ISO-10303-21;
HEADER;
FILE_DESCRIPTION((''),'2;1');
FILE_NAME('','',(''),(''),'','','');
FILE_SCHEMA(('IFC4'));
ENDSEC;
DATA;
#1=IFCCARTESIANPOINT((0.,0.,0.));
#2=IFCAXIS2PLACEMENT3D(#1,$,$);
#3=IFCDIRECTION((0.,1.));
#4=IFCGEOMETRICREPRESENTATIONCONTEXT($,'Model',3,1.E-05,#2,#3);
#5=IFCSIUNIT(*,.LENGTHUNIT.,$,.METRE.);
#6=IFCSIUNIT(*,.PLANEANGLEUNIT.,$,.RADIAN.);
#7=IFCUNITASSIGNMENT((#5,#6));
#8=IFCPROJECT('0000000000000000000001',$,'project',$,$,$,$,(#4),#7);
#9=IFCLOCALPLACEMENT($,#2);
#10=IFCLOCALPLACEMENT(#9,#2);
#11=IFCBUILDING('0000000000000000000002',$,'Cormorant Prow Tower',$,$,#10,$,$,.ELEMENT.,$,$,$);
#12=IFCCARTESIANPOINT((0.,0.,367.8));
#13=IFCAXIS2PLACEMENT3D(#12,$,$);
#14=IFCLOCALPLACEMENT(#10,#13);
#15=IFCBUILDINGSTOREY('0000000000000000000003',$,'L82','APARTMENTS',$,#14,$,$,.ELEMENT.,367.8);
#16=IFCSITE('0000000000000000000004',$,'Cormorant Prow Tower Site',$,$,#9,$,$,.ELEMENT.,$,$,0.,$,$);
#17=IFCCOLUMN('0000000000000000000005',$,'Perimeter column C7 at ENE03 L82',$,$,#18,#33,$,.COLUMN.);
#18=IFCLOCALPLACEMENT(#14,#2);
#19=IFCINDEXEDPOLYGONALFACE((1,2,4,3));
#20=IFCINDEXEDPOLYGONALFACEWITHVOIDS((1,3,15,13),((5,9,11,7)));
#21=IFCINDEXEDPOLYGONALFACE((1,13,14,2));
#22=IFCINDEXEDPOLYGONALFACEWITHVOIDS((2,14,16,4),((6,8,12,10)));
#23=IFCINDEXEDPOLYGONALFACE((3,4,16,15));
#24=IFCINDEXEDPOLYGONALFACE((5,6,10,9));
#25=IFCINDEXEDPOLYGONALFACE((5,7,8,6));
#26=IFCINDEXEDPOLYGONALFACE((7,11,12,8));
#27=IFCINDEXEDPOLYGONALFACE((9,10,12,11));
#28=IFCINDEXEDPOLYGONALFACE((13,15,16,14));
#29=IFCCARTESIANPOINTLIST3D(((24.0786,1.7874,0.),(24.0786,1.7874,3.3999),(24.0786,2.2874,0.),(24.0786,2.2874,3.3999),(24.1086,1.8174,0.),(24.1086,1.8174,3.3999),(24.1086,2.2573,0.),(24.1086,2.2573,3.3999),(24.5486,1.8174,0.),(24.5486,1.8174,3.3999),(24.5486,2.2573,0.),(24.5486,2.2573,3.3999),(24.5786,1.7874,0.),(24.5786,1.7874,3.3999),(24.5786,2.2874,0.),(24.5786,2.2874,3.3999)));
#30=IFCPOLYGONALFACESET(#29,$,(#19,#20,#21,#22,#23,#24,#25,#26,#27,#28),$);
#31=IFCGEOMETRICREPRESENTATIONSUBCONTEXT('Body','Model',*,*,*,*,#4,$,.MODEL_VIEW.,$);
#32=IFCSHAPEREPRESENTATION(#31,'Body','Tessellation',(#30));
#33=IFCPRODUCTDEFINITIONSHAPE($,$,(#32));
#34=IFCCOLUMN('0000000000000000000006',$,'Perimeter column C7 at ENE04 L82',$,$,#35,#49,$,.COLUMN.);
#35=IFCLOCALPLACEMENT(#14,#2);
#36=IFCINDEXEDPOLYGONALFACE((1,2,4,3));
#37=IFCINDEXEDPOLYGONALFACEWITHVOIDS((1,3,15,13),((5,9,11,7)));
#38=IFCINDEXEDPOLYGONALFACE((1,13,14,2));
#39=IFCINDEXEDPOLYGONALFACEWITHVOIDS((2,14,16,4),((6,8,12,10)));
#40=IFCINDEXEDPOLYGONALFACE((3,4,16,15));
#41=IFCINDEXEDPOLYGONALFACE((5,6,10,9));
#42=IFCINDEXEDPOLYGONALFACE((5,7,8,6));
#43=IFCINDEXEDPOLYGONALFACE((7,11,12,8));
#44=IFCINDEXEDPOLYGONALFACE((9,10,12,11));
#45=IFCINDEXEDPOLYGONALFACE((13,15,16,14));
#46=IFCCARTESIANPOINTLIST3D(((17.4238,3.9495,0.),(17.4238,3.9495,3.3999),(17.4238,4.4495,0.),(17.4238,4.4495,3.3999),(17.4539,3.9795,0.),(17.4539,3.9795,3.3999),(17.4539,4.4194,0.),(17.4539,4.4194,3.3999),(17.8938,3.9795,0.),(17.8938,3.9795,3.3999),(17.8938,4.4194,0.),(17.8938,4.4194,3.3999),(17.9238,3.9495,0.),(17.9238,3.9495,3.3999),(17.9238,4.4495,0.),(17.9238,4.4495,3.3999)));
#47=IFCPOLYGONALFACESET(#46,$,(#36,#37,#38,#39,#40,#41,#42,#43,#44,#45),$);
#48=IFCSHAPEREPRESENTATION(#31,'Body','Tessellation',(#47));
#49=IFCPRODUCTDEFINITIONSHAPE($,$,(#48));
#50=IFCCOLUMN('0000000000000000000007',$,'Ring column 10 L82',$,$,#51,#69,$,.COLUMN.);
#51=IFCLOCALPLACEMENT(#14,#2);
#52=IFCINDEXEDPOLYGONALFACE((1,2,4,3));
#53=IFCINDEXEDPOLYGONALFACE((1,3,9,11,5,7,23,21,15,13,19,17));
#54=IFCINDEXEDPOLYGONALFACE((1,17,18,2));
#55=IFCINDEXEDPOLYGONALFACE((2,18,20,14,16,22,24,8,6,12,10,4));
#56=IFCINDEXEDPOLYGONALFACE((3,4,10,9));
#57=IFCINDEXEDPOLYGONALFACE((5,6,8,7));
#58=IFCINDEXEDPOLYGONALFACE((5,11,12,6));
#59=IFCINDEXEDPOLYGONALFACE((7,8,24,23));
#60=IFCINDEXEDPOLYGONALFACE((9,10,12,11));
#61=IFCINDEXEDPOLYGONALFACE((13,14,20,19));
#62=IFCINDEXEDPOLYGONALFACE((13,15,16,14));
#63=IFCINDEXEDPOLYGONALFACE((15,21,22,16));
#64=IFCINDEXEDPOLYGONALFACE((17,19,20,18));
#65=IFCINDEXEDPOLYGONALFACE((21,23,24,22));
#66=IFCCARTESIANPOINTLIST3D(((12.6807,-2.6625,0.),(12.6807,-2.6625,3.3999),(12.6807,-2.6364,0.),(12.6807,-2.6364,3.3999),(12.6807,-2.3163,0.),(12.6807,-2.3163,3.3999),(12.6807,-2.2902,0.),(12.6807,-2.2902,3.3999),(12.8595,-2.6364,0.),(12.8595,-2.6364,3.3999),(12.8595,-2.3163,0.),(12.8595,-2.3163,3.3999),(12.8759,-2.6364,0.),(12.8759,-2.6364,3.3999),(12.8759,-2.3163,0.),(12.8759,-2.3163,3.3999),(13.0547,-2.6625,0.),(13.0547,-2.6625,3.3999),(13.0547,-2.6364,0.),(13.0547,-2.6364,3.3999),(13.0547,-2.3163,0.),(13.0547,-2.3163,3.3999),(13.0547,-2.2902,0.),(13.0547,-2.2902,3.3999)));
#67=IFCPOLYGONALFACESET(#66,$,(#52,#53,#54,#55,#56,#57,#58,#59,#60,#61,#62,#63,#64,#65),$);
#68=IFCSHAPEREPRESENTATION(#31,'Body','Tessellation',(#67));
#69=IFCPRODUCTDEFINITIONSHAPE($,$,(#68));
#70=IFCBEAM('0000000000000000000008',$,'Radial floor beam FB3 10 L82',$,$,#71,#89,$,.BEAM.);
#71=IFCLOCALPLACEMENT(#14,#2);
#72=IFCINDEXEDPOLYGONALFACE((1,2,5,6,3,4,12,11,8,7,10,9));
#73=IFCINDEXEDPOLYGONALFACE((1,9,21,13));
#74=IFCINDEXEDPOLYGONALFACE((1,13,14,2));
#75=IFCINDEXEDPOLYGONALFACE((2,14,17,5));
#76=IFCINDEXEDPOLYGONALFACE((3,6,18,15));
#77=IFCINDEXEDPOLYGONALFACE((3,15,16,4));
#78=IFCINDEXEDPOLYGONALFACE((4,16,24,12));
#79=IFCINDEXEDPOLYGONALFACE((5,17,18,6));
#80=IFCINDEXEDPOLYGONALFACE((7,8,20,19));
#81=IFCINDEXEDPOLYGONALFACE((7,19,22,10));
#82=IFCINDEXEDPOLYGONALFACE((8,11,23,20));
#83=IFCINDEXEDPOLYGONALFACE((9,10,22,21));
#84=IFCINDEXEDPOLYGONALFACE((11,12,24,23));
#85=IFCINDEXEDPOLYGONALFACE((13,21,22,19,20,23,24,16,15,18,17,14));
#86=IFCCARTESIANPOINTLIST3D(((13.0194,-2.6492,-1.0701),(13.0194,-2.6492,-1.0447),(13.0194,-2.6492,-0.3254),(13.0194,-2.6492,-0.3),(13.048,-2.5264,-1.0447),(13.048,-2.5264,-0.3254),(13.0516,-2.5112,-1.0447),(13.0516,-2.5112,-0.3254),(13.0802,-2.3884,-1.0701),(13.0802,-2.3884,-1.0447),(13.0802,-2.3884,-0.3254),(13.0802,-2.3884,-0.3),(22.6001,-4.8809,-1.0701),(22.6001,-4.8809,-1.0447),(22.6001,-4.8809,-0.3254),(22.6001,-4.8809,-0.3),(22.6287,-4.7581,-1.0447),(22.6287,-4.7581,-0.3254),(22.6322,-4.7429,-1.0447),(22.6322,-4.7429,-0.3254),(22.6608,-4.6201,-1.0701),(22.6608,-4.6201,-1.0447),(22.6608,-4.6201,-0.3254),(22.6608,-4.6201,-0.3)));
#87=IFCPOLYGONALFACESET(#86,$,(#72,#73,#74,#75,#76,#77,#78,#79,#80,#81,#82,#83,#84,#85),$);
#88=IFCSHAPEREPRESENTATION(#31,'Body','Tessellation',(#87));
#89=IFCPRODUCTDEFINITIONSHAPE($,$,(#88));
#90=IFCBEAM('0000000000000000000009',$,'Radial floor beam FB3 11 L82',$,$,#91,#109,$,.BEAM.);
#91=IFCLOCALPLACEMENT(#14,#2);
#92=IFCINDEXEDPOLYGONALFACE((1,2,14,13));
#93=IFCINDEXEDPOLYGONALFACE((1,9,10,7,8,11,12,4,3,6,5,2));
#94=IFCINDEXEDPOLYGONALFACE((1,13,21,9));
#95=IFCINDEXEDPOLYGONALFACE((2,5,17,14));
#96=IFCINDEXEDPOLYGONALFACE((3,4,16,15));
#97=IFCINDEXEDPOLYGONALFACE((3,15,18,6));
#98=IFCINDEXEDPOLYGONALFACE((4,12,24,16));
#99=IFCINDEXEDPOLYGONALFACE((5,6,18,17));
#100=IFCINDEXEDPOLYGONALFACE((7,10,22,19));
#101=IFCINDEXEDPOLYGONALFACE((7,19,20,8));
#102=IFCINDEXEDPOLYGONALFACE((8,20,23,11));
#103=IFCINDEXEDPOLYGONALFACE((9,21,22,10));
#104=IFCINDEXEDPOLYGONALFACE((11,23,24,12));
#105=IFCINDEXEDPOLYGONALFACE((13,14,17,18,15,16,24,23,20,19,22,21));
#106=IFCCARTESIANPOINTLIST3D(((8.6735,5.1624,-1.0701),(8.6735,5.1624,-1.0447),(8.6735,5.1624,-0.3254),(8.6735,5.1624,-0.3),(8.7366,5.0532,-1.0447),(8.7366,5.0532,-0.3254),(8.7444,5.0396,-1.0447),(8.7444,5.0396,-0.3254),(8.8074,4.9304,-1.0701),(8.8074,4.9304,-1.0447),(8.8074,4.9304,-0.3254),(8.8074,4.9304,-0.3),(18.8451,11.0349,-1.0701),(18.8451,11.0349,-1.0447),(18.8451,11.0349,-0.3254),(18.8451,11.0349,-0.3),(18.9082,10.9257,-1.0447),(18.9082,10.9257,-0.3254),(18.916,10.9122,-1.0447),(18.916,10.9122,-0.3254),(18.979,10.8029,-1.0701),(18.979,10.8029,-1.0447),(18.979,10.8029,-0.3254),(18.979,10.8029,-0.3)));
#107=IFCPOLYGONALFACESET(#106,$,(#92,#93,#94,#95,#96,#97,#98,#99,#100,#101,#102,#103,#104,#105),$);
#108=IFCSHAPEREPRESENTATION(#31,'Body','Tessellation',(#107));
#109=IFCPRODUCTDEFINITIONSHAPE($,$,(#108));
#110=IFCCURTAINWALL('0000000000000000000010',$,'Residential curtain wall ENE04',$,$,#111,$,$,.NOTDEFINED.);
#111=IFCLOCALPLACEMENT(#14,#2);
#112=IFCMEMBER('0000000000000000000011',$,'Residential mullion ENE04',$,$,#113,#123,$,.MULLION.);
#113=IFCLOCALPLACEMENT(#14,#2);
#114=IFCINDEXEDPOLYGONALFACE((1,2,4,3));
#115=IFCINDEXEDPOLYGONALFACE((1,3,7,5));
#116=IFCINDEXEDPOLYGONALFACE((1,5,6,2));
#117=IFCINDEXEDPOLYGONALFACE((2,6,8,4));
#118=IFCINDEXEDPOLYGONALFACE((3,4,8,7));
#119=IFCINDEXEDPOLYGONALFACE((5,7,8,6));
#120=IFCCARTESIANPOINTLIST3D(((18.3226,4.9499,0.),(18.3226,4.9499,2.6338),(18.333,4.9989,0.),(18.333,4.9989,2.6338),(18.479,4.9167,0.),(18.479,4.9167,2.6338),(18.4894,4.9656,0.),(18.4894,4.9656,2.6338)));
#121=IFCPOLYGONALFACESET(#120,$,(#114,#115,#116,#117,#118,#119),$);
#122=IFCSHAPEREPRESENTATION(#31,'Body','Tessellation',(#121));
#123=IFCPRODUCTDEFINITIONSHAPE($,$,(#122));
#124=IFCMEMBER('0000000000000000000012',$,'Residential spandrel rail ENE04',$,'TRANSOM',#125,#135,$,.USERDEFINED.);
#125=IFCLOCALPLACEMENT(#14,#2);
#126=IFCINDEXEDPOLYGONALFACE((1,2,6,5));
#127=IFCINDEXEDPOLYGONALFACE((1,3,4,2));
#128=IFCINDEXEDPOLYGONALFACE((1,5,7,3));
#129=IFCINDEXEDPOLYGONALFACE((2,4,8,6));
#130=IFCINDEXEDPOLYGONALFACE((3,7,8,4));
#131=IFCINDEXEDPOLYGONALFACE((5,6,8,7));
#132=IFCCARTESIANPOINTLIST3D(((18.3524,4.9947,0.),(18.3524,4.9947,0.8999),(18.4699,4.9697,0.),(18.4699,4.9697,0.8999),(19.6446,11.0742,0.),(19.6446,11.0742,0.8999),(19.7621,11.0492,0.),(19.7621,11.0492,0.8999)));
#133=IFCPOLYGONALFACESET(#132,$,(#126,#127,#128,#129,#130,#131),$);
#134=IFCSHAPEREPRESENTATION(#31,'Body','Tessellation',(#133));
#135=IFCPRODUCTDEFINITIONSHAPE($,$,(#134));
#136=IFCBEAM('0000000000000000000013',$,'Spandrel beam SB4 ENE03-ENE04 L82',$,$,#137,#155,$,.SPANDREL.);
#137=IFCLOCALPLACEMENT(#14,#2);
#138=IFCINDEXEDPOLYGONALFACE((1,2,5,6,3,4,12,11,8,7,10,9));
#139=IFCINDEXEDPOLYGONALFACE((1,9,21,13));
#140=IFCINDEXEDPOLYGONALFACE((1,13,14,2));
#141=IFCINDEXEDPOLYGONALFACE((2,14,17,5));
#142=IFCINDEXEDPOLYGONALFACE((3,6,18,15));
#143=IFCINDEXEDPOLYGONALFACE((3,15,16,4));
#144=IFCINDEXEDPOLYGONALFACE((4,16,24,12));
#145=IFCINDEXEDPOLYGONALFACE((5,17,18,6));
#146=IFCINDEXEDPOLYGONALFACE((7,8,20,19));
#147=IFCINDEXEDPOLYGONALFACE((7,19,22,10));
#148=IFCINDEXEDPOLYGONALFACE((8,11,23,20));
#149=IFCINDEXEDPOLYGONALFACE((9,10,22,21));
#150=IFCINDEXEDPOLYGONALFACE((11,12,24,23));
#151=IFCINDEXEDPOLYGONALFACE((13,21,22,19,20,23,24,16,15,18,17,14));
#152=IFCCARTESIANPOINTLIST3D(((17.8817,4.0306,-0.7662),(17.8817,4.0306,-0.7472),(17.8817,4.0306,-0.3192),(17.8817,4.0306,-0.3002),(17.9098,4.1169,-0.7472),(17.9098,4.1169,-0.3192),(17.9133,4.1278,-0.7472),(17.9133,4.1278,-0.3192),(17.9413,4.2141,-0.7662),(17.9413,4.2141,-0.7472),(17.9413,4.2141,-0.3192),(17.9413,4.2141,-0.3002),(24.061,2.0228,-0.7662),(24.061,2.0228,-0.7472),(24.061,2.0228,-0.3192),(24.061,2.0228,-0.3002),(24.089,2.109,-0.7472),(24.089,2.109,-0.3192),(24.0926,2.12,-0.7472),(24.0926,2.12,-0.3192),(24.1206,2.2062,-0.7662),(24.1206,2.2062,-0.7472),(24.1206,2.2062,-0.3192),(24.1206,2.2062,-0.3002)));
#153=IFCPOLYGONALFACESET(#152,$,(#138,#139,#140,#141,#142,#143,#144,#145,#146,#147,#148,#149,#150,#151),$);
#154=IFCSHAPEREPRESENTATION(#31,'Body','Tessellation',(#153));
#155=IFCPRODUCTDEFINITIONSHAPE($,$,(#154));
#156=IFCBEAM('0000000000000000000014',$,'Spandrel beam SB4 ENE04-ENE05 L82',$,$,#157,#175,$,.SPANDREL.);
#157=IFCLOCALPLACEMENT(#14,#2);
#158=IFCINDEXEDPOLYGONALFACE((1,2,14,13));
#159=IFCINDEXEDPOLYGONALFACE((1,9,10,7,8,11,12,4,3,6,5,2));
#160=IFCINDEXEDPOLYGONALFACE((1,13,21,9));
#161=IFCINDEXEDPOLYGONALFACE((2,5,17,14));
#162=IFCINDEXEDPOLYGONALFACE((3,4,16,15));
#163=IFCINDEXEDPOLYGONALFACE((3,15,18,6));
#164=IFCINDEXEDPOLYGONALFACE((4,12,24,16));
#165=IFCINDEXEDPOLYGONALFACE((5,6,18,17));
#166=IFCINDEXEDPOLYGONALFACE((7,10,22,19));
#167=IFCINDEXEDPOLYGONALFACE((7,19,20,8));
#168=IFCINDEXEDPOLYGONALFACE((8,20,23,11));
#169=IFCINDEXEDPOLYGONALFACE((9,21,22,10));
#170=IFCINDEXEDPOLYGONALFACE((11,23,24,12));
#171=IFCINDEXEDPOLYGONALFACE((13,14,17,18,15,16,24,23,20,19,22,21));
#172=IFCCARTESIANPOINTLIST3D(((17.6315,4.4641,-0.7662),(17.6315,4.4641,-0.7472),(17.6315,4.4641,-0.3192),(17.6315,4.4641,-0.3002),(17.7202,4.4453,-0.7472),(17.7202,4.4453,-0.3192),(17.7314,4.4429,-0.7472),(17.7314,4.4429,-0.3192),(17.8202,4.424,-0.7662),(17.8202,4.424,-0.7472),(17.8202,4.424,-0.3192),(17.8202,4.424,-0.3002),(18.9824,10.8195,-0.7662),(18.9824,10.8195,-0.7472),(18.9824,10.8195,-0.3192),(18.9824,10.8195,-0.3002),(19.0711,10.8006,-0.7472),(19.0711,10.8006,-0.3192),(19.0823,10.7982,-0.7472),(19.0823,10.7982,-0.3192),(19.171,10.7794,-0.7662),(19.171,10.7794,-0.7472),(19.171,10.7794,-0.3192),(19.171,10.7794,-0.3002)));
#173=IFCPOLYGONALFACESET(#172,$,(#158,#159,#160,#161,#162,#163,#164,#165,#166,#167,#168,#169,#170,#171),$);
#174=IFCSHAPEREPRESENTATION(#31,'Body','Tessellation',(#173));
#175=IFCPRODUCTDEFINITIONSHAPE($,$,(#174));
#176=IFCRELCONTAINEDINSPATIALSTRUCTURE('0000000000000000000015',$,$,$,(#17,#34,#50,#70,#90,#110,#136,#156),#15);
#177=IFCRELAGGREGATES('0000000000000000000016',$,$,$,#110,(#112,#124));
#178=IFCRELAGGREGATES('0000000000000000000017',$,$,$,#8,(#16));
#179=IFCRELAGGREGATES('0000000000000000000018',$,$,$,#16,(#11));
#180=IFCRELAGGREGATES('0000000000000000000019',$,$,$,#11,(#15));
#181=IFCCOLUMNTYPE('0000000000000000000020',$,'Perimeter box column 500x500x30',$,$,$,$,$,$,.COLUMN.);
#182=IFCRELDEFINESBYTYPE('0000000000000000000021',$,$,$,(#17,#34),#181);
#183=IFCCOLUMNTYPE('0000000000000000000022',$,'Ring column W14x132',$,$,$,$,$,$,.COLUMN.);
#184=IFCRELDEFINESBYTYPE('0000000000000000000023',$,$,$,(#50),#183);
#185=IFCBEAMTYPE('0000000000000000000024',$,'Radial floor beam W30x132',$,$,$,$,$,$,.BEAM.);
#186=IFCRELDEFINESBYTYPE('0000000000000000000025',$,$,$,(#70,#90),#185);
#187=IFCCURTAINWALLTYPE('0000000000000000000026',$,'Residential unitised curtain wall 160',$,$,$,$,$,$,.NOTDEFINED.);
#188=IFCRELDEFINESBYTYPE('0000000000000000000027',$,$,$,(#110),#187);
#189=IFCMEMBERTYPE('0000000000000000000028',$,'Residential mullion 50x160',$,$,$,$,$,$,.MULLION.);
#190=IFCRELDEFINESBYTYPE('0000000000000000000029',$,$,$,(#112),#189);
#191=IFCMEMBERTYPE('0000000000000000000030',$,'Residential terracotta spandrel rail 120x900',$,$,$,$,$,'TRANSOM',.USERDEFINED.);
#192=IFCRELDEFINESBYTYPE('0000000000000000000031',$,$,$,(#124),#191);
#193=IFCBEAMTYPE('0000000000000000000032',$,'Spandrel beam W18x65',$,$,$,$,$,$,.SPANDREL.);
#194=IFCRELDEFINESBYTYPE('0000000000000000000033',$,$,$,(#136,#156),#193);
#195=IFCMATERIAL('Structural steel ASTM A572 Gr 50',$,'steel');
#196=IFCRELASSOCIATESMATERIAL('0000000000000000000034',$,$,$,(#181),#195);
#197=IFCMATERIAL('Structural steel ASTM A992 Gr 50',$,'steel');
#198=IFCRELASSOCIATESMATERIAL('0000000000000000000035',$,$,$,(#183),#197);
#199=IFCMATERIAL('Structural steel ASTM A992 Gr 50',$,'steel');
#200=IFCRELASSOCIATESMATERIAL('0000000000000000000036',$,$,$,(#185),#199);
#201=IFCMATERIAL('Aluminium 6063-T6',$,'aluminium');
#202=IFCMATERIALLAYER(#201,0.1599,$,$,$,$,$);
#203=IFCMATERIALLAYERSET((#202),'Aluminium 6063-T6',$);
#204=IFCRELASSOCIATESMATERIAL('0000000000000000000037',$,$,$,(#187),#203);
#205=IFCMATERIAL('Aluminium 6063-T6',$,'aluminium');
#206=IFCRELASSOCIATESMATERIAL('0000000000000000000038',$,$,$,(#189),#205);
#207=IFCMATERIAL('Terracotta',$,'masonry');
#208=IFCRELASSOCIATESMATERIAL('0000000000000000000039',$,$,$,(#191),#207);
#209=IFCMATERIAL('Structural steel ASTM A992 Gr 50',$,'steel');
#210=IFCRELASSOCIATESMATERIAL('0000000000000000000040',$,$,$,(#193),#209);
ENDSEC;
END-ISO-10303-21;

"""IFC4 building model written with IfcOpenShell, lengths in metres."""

from ifc_helpers import new_model, si_unit, direction, frame, origin, origin_2d, place, context, subcontext, project, spatial, rectangle, hollow_rectangle, i_section, extrude, material, layer, layer_set, material_profile, profile_set, type_object, element, aggregate, save


model = new_model("IFC4")

# Units and contexts
model_context = context("Model", 3, precision=1e-05, world=origin(), true_north=direction((0.0, 1.0)))
body_context = subcontext(model_context, "Body", "Model", "MODEL_VIEW")
ifc_project = project(units=[si_unit("LENGTHUNIT", "METRE"), si_unit("PLANEANGLEUNIT", "RADIAN")], contexts=[model_context])

# Site, building, storey
site_placement = place(None, origin())
site = spatial("IfcSite", under=ifc_project, at=site_placement, Name="Cormorant Prow Tower Site", CompositionType="ELEMENT", RefElevation=0.0)
building_placement = place(site_placement, origin())
building = spatial("IfcBuilding", under=site, at=building_placement, Name="Cormorant Prow Tower", CompositionType="ELEMENT")
storey_placement = place(building_placement, frame((0.0, 0.0, 367.8)))
storey = spatial("IfcBuildingStorey", under=building, at=storey_placement, Name="L82", Description="APARTMENTS", CompositionType="ELEMENT", Elevation=367.8)

# Columns
ifc_material_1 = material(Name="Structural steel ASTM A572 Gr 50", Category="steel")
ifc_material_profile_1 = material_profile(ifc_material_1, hollow_rectangle(XDim=0.5, YDim=0.5, WallThickness=0.03, at=origin_2d()), Name="Box 500x500x30")
ifc_profile_set_1 = profile_set([ifc_material_profile_1], Name="Structural steel ASTM A572 Gr 50")
column_type_1 = type_object("IfcColumnType", Name="Perimeter box column 500x500x30", PredefinedType="COLUMN", material=ifc_profile_set_1)
for number, where, z_axis, x_axis, name in (
    (1, (24.3286, 2.0374, 0.0), (0.0, 0.0, 1.0), (1.0, 0.0, 0.0), "Perimeter column C7 at ENE03 L82"),
    (2, (17.6738, 4.1995, 0.0), (0.0, 0.0, 1.0), (1.0, 0.0, 0.0), "Perimeter column C7 at ENE04 L82"),
):
    element("IfcColumn", number, at=place(storey_placement, frame(where, z_axis=z_axis, x_axis=x_axis)), inside=storey, type_object=column_type_1, Name=name, PredefinedType="COLUMN", context=body_context, shape_type="SweptSolid", body=[
        extrude(hollow_rectangle(XDim=0.5, YDim=0.5, WallThickness=0.03, at=origin_2d()), origin(), (0.0, 0.0, 1.0), 3.3999),
    ])
ifc_material_2 = material(Name="Structural steel ASTM A992 Gr 50", Category="steel")
ifc_material_profile_2 = material_profile(ifc_material_2, i_section(OverallWidth=0.374, OverallDepth=0.3723, WebThickness=0.0164, FlangeThickness=0.0261, at=origin_2d()), Name="W14x132")
ifc_profile_set_2 = profile_set([ifc_material_profile_2], Name="Structural steel ASTM A992 Gr 50")
column_type_2 = type_object("IfcColumnType", Name="Ring column W14x132", PredefinedType="COLUMN", material=ifc_profile_set_2)
column_placement = place(storey_placement, frame((12.8677, -2.4763, 0.0), z_axis=(0.0, 0.0, 1.0), x_axis=(1.0, 0.0, 0.0)))
element("IfcColumn", 3, at=column_placement, inside=storey, type_object=column_type_2, Name="Ring column 10 L82", PredefinedType="COLUMN", context=body_context, shape_type="SweptSolid", body=[
    extrude(i_section(OverallWidth=0.374, OverallDepth=0.3723, WebThickness=0.0164, FlangeThickness=0.0261, at=origin_2d()), origin(), (0.0, 0.0, 1.0), 3.3999),
])

# Beams
ifc_material_3 = material(Name="Structural steel ASTM A992 Gr 50", Category="steel")
ifc_material_profile_3 = material_profile(ifc_material_3, i_section(OverallWidth=0.2678, OverallDepth=0.77, WebThickness=0.0156, FlangeThickness=0.0254, at=origin_2d()), Name="W30x132")
ifc_profile_set_3 = profile_set([ifc_material_profile_3], Name="Structural steel ASTM A992 Gr 50")
beam_type_1 = type_object("IfcBeamType", Name="Radial floor beam W30x132", PredefinedType="BEAM", material=ifc_profile_set_3)
beam_1_placement = place(storey_placement, frame((13.0498, -2.5188, -0.6851), z_axis=(0.973926, -0.226866, 0.0), x_axis=(0.226866, 0.973926, 0.0)))
element("IfcBeam", 4, at=beam_1_placement, inside=storey, type_object=beam_type_1, Name="Radial floor beam FB3 10 L82", PredefinedType="BEAM", context=body_context, shape_type="SweptSolid", body=[
    extrude(i_section(OverallWidth=0.2678, OverallDepth=0.77, WebThickness=0.0156, FlangeThickness=0.0254, at=origin_2d()), origin(), (0.0, 0.0, 1.0), 9.8372),
])
beam_2_placement = place(storey_placement, frame((8.7405, 5.0464, -0.6851), z_axis=(0.866027, 0.499998, 0.0), x_axis=(-0.499998, 0.866027, 0.0)))
element("IfcBeam", 5, at=beam_2_placement, inside=storey, type_object=beam_type_1, Name="Radial floor beam FB3 11 L82", PredefinedType="BEAM", context=body_context, shape_type="SweptSolid", body=[
    extrude(i_section(OverallWidth=0.2678, OverallDepth=0.77, WebThickness=0.0156, FlangeThickness=0.0254, at=origin_2d()), origin(), (0.0, 0.0, 1.0), 11.7451),
])

# Curtain wall, members
ifc_material_4 = material(Name="Aluminium 6063-T6", Category="aluminium")
ifc_layer_1 = layer(ifc_material_4, 0.1599)
ifc_layer_set_1 = layer_set([ifc_layer_1], Name="Aluminium 6063-T6")
curtain_wall_type = type_object("IfcCurtainWallType", Name="Residential unitised curtain wall 160", PredefinedType="NOTDEFINED", material=ifc_layer_set_1)
curtain_wall_1_placement = place(storey_placement, origin())
curtain_wall_1 = element("IfcCurtainWall", 6, at=curtain_wall_1_placement, inside=storey, type_object=curtain_wall_type, Name="Residential curtain wall ENE04", PredefinedType="NOTDEFINED")
ifc_material_5 = material(Name="Aluminium 6063-T6", Category="aluminium")
ifc_material_profile_4 = material_profile(ifc_material_5, rectangle(XDim=0.1599, YDim=0.05, at=origin_2d()), Name="Residential mullion 50x160")
ifc_profile_set_4 = profile_set([ifc_material_profile_4], Name="Aluminium 6063-T6")
member_type_1 = type_object("IfcMemberType", Name="Residential mullion 50x160", PredefinedType="MULLION", material=ifc_profile_set_4)
member_1_placement = place(storey_placement, frame((18.406, 4.9578, 0.0), z_axis=(0.0, 0.0, 1.0), x_axis=(-0.978148, 0.207912, 0.0)))
member_1 = element("IfcMember", 7, at=member_1_placement, type_object=member_type_1, Name="Residential mullion ENE04", PredefinedType="MULLION", context=body_context, shape_type="SweptSolid", body=[
    extrude(rectangle(XDim=0.1599, YDim=0.05, at=origin_2d()), origin(), (0.0, 0.0, 1.0), 2.6338),
])
ifc_material_6 = material(Name="Terracotta", Category="masonry")
ifc_material_profile_5 = material_profile(ifc_material_6, rectangle(XDim=0.1201, YDim=0.8999, at=origin_2d()), Name="Residential terracotta spandrel rail 120x900")
ifc_profile_set_5 = profile_set([ifc_material_profile_5], Name="Terracotta")
member_type_2 = type_object("IfcMemberType", Name="Residential terracotta spandrel rail 120x900", ElementType="TRANSOM", PredefinedType="USERDEFINED", material=ifc_profile_set_5)
member_2_placement = place(storey_placement, frame((18.4111, 4.9822, 0.45), z_axis=(0.207909, 0.978148, 0.0), x_axis=(-0.978148, 0.207909, 0.0)))
member_2 = element("IfcMember", 8, at=member_2_placement, type_object=member_type_2, Name="Residential spandrel rail ENE04", ObjectType="TRANSOM", PredefinedType="USERDEFINED", context=body_context, shape_type="SweptSolid", body=[
    extrude(rectangle(XDim=0.1201, YDim=0.8999, at=origin_2d()), origin(), (0.0, 0.0, 1.0), 6.2153),
])

# Beams
ifc_material_7 = material(Name="Structural steel ASTM A992 Gr 50", Category="steel")
ifc_material_profile_6 = material_profile(ifc_material_7, i_section(OverallWidth=0.1929, OverallDepth=0.4661, WebThickness=0.0115, FlangeThickness=0.019, at=origin_2d()), Name="W18x65")
ifc_profile_set_6 = profile_set([ifc_material_profile_6], Name="Structural steel ASTM A992 Gr 50")
beam_type_2 = type_object("IfcBeamType", Name="Spandrel beam W18x65", PredefinedType="SPANDREL", material=ifc_profile_set_6)
for number, where, z_axis, x_axis, name in (
    (9, (24.0908, 2.1145, -0.5332), (-0.951053, 0.309027, 0.0), (-0.309027, -0.951053, 0.0), "Spandrel beam SB4 ENE03-ENE04 L82"),
    (10, (17.7258, 4.4441, -0.5332), (0.20791, 0.978148, 0.0), (-0.978148, 0.20791, 0.0), "Spandrel beam SB4 ENE04-ENE05 L82"),
):
    element("IfcBeam", number, at=place(storey_placement, frame(where, z_axis=z_axis, x_axis=x_axis)), inside=storey, type_object=beam_type_2, Name=name, PredefinedType="SPANDREL", context=body_context, shape_type="SweptSolid", body=[
        extrude(i_section(OverallWidth=0.1929, OverallDepth=0.4661, WebThickness=0.0115, FlangeThickness=0.019, at=origin_2d()), origin(), (0.0, 0.0, 1.0), 6.4973),
    ])

aggregate(curtain_wall_1, [member_1, member_2])

save(model, "model.ifc")
